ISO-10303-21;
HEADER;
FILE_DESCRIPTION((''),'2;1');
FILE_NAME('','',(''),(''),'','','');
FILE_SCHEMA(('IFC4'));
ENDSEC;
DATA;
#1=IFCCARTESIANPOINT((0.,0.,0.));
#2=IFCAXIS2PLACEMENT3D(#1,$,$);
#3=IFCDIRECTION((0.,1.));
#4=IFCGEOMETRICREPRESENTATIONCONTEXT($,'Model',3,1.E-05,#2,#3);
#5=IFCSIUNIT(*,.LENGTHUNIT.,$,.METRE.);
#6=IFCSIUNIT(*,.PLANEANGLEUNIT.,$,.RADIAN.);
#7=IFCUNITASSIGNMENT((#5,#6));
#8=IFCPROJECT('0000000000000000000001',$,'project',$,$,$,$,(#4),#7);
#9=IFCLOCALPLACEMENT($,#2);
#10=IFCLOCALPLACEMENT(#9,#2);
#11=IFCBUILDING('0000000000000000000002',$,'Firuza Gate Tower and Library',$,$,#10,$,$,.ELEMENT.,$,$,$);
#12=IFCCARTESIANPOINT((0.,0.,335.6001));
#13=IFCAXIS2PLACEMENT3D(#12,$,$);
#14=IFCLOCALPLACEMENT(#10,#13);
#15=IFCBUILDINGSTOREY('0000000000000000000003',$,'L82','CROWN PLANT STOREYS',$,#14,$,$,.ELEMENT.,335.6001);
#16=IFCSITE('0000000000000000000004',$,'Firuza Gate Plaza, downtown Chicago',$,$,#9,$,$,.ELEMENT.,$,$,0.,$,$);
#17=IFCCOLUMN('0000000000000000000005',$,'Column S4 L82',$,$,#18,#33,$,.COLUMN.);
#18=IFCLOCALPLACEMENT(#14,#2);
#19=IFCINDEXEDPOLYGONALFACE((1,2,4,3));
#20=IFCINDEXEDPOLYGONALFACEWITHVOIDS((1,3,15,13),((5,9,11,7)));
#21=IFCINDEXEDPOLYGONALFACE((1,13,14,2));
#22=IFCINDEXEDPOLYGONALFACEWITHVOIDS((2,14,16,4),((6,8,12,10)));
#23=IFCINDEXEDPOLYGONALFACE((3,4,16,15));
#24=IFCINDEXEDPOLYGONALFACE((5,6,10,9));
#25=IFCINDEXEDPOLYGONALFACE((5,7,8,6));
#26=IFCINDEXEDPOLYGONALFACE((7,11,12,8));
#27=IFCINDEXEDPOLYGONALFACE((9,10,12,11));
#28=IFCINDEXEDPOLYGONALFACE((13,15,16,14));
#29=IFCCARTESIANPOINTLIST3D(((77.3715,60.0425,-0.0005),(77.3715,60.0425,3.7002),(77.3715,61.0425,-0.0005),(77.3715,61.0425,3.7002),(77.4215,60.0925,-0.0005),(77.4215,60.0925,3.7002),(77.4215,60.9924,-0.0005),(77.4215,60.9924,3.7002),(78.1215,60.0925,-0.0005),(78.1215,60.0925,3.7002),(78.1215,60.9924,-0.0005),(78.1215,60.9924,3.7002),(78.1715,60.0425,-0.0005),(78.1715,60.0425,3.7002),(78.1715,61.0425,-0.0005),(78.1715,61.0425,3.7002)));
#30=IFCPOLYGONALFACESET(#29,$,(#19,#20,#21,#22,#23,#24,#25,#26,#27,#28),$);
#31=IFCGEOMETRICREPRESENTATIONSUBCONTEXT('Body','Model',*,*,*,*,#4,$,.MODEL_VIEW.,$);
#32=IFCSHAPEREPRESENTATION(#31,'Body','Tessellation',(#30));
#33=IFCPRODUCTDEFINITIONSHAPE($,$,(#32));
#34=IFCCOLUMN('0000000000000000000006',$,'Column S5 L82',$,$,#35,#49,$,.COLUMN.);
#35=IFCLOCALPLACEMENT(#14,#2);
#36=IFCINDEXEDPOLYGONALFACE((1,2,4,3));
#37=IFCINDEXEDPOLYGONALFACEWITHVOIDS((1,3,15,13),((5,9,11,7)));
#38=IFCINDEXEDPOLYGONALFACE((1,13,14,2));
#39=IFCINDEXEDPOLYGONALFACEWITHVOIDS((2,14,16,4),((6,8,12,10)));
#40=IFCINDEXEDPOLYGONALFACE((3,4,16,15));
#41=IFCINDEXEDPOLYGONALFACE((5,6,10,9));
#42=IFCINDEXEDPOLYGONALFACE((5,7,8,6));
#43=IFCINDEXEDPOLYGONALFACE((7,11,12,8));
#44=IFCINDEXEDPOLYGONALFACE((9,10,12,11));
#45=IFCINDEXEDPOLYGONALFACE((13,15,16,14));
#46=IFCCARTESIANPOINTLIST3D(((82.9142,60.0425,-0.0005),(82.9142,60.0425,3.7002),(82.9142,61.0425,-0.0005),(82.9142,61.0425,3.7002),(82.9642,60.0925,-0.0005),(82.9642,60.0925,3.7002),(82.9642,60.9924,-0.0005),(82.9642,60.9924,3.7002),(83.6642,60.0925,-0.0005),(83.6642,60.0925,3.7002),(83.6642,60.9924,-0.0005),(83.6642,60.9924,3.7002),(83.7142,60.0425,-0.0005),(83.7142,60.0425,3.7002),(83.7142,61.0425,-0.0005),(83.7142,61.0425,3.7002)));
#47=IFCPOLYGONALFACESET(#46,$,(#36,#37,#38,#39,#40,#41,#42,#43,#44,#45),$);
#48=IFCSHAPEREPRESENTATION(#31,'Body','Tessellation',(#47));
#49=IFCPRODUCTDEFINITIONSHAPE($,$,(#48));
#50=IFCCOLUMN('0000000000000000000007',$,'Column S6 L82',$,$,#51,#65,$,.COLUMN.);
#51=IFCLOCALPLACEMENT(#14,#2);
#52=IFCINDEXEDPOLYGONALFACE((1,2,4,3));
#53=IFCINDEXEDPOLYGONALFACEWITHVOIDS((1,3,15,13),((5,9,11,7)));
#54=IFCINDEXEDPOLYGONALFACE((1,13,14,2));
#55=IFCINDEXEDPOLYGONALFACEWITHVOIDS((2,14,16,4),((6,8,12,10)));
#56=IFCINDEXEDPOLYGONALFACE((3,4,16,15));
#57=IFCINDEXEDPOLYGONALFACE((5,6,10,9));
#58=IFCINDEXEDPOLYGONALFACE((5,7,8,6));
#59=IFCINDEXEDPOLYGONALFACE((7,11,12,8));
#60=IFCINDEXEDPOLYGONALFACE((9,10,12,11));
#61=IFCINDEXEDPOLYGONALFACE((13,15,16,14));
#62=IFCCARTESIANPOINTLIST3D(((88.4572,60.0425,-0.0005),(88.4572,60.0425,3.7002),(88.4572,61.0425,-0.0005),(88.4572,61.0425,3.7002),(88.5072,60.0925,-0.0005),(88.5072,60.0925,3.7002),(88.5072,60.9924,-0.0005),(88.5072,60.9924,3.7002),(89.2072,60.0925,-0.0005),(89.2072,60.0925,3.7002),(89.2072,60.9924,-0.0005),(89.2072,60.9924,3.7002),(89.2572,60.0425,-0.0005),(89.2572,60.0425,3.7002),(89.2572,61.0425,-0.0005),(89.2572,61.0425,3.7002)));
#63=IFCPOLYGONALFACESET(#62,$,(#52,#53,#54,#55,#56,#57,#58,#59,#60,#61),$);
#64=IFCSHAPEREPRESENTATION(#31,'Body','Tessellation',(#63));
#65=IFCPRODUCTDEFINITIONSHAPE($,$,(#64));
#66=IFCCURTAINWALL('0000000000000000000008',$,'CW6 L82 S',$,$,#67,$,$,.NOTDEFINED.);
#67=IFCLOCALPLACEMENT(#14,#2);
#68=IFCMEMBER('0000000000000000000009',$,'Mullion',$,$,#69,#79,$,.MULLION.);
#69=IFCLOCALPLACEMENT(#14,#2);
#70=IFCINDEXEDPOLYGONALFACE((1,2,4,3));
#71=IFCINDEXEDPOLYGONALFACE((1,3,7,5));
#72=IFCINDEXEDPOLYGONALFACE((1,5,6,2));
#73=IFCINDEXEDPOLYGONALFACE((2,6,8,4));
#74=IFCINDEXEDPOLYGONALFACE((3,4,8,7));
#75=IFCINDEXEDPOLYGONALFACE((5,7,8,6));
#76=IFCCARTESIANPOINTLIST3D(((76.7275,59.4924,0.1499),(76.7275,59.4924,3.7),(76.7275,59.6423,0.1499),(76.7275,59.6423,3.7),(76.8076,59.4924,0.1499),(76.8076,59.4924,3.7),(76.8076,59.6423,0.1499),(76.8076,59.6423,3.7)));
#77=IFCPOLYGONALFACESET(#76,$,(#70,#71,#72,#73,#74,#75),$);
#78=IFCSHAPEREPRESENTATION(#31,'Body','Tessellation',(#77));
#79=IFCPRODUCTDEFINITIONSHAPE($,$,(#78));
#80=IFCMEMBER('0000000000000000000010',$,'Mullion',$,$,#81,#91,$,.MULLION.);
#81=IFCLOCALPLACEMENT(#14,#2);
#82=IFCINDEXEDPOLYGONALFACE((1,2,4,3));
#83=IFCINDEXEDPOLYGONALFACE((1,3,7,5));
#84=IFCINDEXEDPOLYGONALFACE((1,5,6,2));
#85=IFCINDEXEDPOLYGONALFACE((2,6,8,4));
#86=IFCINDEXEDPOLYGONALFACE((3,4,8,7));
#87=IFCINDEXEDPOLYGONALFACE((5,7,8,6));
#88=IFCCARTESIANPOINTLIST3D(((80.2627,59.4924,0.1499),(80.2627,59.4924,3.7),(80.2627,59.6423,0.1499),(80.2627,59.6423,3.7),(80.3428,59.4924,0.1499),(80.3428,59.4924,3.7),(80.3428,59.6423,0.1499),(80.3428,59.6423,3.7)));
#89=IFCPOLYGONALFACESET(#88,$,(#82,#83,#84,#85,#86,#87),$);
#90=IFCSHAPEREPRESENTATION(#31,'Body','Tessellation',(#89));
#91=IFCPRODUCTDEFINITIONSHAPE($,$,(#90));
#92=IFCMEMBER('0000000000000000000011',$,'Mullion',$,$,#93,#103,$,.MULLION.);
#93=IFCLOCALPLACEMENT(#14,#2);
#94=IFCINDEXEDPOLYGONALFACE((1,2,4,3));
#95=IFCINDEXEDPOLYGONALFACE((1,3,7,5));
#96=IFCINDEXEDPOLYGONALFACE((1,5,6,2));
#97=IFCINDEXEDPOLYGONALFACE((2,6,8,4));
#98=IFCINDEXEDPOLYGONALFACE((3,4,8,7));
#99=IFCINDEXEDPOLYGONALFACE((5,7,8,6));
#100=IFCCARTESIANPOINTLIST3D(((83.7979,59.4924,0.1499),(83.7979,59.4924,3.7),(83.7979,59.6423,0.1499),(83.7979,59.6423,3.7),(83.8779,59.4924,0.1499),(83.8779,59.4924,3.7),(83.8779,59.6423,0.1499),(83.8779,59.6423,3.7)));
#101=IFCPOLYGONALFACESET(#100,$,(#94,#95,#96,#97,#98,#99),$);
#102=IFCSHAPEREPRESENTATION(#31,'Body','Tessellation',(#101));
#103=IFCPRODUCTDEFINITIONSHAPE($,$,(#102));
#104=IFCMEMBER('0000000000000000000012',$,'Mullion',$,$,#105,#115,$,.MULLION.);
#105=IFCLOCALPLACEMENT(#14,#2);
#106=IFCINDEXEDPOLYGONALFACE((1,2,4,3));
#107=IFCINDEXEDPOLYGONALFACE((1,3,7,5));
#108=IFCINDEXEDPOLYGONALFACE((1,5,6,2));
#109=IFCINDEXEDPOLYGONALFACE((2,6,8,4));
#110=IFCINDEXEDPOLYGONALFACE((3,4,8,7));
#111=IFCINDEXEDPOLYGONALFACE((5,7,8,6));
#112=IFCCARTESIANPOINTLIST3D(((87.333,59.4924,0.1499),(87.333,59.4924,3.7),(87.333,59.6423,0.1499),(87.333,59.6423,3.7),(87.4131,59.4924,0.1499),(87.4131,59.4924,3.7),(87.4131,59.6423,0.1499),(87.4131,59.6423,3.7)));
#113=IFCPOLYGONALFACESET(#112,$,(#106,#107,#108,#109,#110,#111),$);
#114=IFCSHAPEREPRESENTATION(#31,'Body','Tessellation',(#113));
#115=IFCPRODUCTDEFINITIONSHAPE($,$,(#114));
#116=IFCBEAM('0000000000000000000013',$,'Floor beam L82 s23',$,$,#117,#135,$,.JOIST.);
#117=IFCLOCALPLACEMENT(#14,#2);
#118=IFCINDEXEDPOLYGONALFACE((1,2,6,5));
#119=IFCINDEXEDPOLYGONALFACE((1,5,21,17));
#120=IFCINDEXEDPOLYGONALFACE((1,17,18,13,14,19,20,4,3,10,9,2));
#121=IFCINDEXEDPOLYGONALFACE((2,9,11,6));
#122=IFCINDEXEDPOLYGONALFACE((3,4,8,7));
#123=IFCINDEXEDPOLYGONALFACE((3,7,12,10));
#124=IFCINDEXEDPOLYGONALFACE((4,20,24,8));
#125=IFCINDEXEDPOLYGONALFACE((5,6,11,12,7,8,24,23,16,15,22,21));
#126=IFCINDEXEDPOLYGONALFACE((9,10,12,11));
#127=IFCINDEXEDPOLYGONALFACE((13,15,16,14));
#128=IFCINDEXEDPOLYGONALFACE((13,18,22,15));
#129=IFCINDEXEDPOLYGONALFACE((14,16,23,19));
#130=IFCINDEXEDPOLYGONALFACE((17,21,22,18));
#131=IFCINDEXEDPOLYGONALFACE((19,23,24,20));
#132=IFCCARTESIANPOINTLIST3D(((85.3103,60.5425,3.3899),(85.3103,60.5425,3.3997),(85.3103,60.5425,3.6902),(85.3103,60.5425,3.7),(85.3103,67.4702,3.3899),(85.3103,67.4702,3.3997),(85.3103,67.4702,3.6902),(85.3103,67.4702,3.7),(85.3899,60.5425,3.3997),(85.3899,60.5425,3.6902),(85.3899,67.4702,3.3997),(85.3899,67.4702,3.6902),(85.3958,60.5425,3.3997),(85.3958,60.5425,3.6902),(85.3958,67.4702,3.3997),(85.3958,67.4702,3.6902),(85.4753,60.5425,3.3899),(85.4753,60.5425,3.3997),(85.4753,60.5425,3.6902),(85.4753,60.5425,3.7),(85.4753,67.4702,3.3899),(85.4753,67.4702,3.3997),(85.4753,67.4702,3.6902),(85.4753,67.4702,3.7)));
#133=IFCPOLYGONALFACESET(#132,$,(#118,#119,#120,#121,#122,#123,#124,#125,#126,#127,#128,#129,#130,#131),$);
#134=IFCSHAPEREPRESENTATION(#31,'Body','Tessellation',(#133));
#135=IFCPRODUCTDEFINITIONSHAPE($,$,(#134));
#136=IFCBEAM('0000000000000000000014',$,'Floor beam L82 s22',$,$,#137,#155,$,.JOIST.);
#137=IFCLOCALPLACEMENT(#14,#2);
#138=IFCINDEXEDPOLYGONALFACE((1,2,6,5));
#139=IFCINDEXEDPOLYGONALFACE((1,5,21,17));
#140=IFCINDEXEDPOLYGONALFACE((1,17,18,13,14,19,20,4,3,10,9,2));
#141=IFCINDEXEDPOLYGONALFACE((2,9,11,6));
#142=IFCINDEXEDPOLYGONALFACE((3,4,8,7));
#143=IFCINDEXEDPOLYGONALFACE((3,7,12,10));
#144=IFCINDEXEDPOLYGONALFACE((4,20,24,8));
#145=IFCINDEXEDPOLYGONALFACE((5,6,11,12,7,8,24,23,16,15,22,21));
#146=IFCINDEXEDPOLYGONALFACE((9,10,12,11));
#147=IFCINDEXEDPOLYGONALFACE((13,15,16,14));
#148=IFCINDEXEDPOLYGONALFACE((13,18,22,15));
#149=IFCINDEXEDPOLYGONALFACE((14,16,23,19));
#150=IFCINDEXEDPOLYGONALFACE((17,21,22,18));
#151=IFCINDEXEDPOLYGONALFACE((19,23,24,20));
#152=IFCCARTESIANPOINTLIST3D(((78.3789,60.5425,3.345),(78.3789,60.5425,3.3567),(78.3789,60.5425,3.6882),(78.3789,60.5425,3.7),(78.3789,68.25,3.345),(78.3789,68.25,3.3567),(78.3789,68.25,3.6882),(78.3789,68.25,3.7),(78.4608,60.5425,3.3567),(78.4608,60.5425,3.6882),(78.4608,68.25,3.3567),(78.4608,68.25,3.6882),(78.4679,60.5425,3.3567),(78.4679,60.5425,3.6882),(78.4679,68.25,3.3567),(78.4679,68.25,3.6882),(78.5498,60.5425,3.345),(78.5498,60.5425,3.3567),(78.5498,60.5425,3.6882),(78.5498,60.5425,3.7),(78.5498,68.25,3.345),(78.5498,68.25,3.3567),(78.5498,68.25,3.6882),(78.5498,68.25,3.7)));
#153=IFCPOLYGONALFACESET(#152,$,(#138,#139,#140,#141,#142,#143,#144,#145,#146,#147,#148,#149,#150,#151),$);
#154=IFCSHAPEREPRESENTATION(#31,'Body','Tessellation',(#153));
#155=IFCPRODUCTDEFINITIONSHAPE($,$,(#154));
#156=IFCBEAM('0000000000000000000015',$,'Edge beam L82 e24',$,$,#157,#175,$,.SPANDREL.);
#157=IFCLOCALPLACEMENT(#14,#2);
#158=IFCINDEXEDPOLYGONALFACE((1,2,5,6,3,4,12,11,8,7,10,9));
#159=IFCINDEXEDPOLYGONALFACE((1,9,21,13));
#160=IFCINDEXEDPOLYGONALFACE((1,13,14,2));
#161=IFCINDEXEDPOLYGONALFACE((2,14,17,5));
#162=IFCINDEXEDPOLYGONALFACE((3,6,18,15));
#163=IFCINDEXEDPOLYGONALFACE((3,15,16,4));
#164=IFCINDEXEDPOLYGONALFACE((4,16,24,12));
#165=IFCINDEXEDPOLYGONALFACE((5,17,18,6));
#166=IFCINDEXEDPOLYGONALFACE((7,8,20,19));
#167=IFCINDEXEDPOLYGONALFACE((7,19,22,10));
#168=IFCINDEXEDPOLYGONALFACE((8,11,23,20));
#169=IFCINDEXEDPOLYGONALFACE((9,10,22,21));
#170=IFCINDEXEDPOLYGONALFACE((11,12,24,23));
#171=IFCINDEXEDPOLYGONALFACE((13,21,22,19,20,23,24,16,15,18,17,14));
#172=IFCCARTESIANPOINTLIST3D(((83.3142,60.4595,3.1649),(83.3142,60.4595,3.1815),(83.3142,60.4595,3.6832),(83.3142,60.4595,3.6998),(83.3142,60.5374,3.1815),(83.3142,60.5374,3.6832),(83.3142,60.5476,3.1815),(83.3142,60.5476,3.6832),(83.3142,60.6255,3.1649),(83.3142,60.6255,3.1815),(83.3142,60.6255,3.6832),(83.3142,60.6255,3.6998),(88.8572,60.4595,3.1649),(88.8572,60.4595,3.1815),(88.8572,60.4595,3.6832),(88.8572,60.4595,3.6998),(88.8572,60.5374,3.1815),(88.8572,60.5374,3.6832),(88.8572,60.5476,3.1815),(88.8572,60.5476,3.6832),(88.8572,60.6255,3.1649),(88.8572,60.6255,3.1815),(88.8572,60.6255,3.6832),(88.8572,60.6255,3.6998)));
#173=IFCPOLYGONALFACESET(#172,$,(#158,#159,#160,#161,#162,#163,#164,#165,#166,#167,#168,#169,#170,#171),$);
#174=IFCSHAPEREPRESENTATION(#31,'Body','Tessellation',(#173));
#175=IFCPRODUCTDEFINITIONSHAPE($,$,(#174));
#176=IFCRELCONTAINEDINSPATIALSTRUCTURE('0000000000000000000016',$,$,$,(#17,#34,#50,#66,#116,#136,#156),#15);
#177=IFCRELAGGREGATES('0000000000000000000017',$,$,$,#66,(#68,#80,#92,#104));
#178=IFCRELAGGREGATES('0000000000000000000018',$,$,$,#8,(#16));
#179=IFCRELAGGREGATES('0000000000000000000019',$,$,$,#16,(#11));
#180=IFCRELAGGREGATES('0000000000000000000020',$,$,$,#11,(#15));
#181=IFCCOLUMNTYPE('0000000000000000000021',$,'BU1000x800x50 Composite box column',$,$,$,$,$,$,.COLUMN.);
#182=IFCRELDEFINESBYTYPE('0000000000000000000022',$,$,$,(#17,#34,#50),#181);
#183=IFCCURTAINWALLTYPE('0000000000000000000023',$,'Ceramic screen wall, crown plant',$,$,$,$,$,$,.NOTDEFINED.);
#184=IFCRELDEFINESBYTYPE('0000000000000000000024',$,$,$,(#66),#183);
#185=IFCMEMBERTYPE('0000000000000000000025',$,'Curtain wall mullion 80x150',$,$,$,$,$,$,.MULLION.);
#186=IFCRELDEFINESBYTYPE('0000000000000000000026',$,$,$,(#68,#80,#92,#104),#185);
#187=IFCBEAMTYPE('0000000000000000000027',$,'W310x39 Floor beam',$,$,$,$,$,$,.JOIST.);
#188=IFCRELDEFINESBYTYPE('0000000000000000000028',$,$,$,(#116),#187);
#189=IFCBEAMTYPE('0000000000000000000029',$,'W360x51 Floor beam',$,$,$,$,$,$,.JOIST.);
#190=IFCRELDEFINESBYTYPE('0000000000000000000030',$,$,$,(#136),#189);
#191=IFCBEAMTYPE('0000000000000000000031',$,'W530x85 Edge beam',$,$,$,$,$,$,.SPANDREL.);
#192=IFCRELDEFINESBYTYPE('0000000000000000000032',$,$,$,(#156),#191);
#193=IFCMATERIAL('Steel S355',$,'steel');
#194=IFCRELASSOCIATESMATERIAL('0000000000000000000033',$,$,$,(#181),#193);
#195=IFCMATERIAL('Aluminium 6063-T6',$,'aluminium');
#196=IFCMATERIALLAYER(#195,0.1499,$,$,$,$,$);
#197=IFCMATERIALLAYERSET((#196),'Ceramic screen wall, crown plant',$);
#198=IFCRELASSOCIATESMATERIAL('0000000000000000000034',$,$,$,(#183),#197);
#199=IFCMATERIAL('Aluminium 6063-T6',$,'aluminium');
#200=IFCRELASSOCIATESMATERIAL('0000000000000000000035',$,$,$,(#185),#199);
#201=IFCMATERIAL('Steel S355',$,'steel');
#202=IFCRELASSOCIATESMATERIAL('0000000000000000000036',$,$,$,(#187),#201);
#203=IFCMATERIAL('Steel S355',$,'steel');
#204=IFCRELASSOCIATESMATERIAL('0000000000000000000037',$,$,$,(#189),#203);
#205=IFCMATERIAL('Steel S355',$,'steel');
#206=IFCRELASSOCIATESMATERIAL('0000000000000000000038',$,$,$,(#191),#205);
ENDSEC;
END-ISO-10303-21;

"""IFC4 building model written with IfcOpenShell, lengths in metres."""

from ifc_helpers import new_model, si_unit, direction, frame, origin, origin_2d, place, context, subcontext, project, spatial, rectangle, hollow_rectangle, i_section, extrude, material, layer, layer_set, material_profile, profile_set, type_object, element, aggregate, save


model = new_model("IFC4")

# Units and contexts
model_context = context("Model", 3, precision=1e-05, world=origin(), true_north=direction((0.0, 1.0)))
body_context = subcontext(model_context, "Body", "Model", "MODEL_VIEW")
ifc_project = project(units=[si_unit("LENGTHUNIT", "METRE"), si_unit("PLANEANGLEUNIT", "RADIAN")], contexts=[model_context])

# Site, building, storey
site_placement = place(None, origin())
site = spatial("IfcSite", under=ifc_project, at=site_placement, Name="Firuza Gate Plaza, downtown Chicago", CompositionType="ELEMENT", RefElevation=0.0)
building_placement = place(site_placement, origin())
building = spatial("IfcBuilding", under=site, at=building_placement, Name="Firuza Gate Tower and Library", CompositionType="ELEMENT")
storey_placement = place(building_placement, frame((0.0, 0.0, 335.6001)))
storey = spatial("IfcBuildingStorey", under=building, at=storey_placement, Name="L82", Description="CROWN PLANT STOREYS", CompositionType="ELEMENT", Elevation=335.6001)

# Columns
ifc_material_1 = material(Name="Steel S355", Category="steel")
ifc_material_profile_1 = material_profile(ifc_material_1, hollow_rectangle(XDim=0.8, YDim=1.0, WallThickness=0.05, at=origin_2d()))
ifc_profile_set_1 = profile_set([ifc_material_profile_1], Name="Steel S355")
column_type = type_object("IfcColumnType", Name="BU1000x800x50 Composite box column", PredefinedType="COLUMN", material=ifc_profile_set_1)
for number, where, z_axis, x_axis, name in (
    (1, (77.7715, 60.5425, -0.0005), (0.0, 0.0, 1.0), (1.0, 0.0, 0.0), "Column S4 L82"),
    (2, (83.3142, 60.5425, -0.0005), (0.0, 0.0, 1.0), (1.0, 0.0, 0.0), "Column S5 L82"),
    (3, (88.8572, 60.5425, -0.0005), (0.0, 0.0, 1.0), (1.0, 0.0, 0.0), "Column S6 L82"),
):
    element("IfcColumn", number, at=place(storey_placement, frame(where, z_axis=z_axis, x_axis=x_axis)), inside=storey, type_object=column_type, Name=name, PredefinedType="COLUMN", context=body_context, shape_type="SweptSolid", body=[
        extrude(hollow_rectangle(XDim=0.8, YDim=1.0, WallThickness=0.05, at=origin_2d()), origin(), (0.0, 0.0, 1.0), 3.7007),
    ])

# Curtain wall, members
ifc_material_2 = material(Name="Aluminium 6063-T6", Category="aluminium")
ifc_layer_1 = layer(ifc_material_2, 0.1499)
ifc_layer_set_1 = layer_set([ifc_layer_1], Name="Ceramic screen wall, crown plant")
curtain_wall_type = type_object("IfcCurtainWallType", Name="Ceramic screen wall, crown plant", PredefinedType="NOTDEFINED", material=ifc_layer_set_1)
curtain_wall_placement = place(storey_placement, origin())
curtain_wall = element("IfcCurtainWall", 4, at=curtain_wall_placement, inside=storey, type_object=curtain_wall_type, Name="CW6 L82 S", PredefinedType="NOTDEFINED")
ifc_material_3 = material(Name="Aluminium 6063-T6", Category="aluminium")
ifc_material_profile_2 = material_profile(ifc_material_3, rectangle(XDim=0.1499, YDim=0.0801, at=origin_2d()))
ifc_profile_set_2 = profile_set([ifc_material_profile_2], Name="Aluminium 6063-T6")
member_type = type_object("IfcMemberType", Name="Curtain wall mullion 80x150", PredefinedType="MULLION", material=ifc_profile_set_2)
member_1_placement = place(storey_placement, frame((76.7676, 59.5674, 0.1499), z_axis=(0.0, 0.0, 1.0), x_axis=(0.0, 1.0, 0.0)))
member_1 = element("IfcMember", 5, at=member_1_placement, type_object=member_type, Name="Mullion", PredefinedType="MULLION", context=body_context, shape_type="SweptSolid", body=[
    extrude(rectangle(XDim=0.1499, YDim=0.0801, at=origin_2d()), origin(), (0.0, 0.0, 1.0), 3.55),
])
member_2_placement = place(storey_placement, frame((80.3027, 59.5674, 0.1499), z_axis=(0.0, 0.0, 1.0), x_axis=(0.0, 1.0, 0.0)))
member_2 = element("IfcMember", 6, at=member_2_placement, type_object=member_type, Name="Mullion", PredefinedType="MULLION", context=body_context, shape_type="SweptSolid", body=[
    extrude(rectangle(XDim=0.1499, YDim=0.0801, at=origin_2d()), origin(), (0.0, 0.0, 1.0), 3.55),
])
member_3_placement = place(storey_placement, frame((83.8379, 59.5674, 0.1499), z_axis=(0.0, 0.0, 1.0), x_axis=(0.0, 1.0, 0.0)))
member_3 = element("IfcMember", 7, at=member_3_placement, type_object=member_type, Name="Mullion", PredefinedType="MULLION", context=body_context, shape_type="SweptSolid", body=[
    extrude(rectangle(XDim=0.1499, YDim=0.0801, at=origin_2d()), origin(), (0.0, 0.0, 1.0), 3.55),
])
member_4_placement = place(storey_placement, frame((87.373, 59.5674, 0.1499), z_axis=(0.0, 0.0, 1.0), x_axis=(0.0, 1.0, 0.0)))
member_4 = element("IfcMember", 8, at=member_4_placement, type_object=member_type, Name="Mullion", PredefinedType="MULLION", context=body_context, shape_type="SweptSolid", body=[
    extrude(rectangle(XDim=0.1499, YDim=0.0801, at=origin_2d()), origin(), (0.0, 0.0, 1.0), 3.55),
])

# Beams
ifc_material_4 = material(Name="Steel S355", Category="steel")
ifc_material_profile_3 = material_profile(ifc_material_4, i_section(OverallWidth=0.165, OverallDepth=0.3101, WebThickness=0.0059, FlangeThickness=0.0098, at=origin_2d()))
ifc_profile_set_3 = profile_set([ifc_material_profile_3], Name="Steel S355")
beam_type_1 = type_object("IfcBeamType", Name="W310x39 Floor beam", PredefinedType="JOIST", material=ifc_profile_set_3)
beam_1_placement = place(storey_placement, frame((85.3928, 60.5425, 3.5449), z_axis=(0.0, 1.0, 0.0), x_axis=(-1.0, 0.0, 0.0)))
element("IfcBeam", 9, at=beam_1_placement, inside=storey, type_object=beam_type_1, Name="Floor beam L82 s23", PredefinedType="JOIST", context=body_context, shape_type="SweptSolid", body=[
    extrude(i_section(OverallWidth=0.165, OverallDepth=0.3101, WebThickness=0.0059, FlangeThickness=0.0098, at=origin_2d()), origin(), (0.0, 0.0, 1.0), 6.9277),
])
ifc_material_5 = material(Name="Steel S355", Category="steel")
ifc_material_profile_4 = material_profile(ifc_material_5, i_section(OverallWidth=0.1709, OverallDepth=0.355, WebThickness=0.0071, FlangeThickness=0.0117, at=origin_2d()))
ifc_profile_set_4 = profile_set([ifc_material_profile_4], Name="Steel S355")
beam_type_2 = type_object("IfcBeamType", Name="W360x51 Floor beam", PredefinedType="JOIST", material=ifc_profile_set_4)
beam_2_placement = place(storey_placement, frame((78.4644, 60.5425, 3.5225), z_axis=(0.0, 1.0, 0.0), x_axis=(-1.0, 0.0, 0.0)))
element("IfcBeam", 10, at=beam_2_placement, inside=storey, type_object=beam_type_2, Name="Floor beam L82 s22", PredefinedType="JOIST", context=body_context, shape_type="SweptSolid", body=[
    extrude(i_section(OverallWidth=0.1709, OverallDepth=0.355, WebThickness=0.0071, FlangeThickness=0.0117, at=origin_2d()), origin(), (0.0, 0.0, 1.0), 7.7075),
])
ifc_material_6 = material(Name="Steel S355", Category="steel")
ifc_material_profile_5 = material_profile(ifc_material_6, i_section(OverallWidth=0.166, OverallDepth=0.5349, WebThickness=0.0103, FlangeThickness=0.0166, at=origin_2d()))
ifc_profile_set_5 = profile_set([ifc_material_profile_5], Name="Steel S355")
beam_type_3 = type_object("IfcBeamType", Name="W530x85 Edge beam", PredefinedType="SPANDREL", material=ifc_profile_set_5)
beam_3_placement = place(storey_placement, frame((83.3142, 60.5425, 3.4324), z_axis=(1.0, 0.0, 0.0), x_axis=(0.0, 1.0, 0.0)))
element("IfcBeam", 11, at=beam_3_placement, inside=storey, type_object=beam_type_3, Name="Edge beam L82 e24", PredefinedType="SPANDREL", context=body_context, shape_type="SweptSolid", body=[
    extrude(i_section(OverallWidth=0.166, OverallDepth=0.5349, WebThickness=0.0103, FlangeThickness=0.0166, at=origin_2d()), origin(), (0.0, 0.0, 1.0), 5.543),
])

aggregate(curtain_wall, [member_1, member_2, member_3, member_4])

save(model, "model.ifc")
